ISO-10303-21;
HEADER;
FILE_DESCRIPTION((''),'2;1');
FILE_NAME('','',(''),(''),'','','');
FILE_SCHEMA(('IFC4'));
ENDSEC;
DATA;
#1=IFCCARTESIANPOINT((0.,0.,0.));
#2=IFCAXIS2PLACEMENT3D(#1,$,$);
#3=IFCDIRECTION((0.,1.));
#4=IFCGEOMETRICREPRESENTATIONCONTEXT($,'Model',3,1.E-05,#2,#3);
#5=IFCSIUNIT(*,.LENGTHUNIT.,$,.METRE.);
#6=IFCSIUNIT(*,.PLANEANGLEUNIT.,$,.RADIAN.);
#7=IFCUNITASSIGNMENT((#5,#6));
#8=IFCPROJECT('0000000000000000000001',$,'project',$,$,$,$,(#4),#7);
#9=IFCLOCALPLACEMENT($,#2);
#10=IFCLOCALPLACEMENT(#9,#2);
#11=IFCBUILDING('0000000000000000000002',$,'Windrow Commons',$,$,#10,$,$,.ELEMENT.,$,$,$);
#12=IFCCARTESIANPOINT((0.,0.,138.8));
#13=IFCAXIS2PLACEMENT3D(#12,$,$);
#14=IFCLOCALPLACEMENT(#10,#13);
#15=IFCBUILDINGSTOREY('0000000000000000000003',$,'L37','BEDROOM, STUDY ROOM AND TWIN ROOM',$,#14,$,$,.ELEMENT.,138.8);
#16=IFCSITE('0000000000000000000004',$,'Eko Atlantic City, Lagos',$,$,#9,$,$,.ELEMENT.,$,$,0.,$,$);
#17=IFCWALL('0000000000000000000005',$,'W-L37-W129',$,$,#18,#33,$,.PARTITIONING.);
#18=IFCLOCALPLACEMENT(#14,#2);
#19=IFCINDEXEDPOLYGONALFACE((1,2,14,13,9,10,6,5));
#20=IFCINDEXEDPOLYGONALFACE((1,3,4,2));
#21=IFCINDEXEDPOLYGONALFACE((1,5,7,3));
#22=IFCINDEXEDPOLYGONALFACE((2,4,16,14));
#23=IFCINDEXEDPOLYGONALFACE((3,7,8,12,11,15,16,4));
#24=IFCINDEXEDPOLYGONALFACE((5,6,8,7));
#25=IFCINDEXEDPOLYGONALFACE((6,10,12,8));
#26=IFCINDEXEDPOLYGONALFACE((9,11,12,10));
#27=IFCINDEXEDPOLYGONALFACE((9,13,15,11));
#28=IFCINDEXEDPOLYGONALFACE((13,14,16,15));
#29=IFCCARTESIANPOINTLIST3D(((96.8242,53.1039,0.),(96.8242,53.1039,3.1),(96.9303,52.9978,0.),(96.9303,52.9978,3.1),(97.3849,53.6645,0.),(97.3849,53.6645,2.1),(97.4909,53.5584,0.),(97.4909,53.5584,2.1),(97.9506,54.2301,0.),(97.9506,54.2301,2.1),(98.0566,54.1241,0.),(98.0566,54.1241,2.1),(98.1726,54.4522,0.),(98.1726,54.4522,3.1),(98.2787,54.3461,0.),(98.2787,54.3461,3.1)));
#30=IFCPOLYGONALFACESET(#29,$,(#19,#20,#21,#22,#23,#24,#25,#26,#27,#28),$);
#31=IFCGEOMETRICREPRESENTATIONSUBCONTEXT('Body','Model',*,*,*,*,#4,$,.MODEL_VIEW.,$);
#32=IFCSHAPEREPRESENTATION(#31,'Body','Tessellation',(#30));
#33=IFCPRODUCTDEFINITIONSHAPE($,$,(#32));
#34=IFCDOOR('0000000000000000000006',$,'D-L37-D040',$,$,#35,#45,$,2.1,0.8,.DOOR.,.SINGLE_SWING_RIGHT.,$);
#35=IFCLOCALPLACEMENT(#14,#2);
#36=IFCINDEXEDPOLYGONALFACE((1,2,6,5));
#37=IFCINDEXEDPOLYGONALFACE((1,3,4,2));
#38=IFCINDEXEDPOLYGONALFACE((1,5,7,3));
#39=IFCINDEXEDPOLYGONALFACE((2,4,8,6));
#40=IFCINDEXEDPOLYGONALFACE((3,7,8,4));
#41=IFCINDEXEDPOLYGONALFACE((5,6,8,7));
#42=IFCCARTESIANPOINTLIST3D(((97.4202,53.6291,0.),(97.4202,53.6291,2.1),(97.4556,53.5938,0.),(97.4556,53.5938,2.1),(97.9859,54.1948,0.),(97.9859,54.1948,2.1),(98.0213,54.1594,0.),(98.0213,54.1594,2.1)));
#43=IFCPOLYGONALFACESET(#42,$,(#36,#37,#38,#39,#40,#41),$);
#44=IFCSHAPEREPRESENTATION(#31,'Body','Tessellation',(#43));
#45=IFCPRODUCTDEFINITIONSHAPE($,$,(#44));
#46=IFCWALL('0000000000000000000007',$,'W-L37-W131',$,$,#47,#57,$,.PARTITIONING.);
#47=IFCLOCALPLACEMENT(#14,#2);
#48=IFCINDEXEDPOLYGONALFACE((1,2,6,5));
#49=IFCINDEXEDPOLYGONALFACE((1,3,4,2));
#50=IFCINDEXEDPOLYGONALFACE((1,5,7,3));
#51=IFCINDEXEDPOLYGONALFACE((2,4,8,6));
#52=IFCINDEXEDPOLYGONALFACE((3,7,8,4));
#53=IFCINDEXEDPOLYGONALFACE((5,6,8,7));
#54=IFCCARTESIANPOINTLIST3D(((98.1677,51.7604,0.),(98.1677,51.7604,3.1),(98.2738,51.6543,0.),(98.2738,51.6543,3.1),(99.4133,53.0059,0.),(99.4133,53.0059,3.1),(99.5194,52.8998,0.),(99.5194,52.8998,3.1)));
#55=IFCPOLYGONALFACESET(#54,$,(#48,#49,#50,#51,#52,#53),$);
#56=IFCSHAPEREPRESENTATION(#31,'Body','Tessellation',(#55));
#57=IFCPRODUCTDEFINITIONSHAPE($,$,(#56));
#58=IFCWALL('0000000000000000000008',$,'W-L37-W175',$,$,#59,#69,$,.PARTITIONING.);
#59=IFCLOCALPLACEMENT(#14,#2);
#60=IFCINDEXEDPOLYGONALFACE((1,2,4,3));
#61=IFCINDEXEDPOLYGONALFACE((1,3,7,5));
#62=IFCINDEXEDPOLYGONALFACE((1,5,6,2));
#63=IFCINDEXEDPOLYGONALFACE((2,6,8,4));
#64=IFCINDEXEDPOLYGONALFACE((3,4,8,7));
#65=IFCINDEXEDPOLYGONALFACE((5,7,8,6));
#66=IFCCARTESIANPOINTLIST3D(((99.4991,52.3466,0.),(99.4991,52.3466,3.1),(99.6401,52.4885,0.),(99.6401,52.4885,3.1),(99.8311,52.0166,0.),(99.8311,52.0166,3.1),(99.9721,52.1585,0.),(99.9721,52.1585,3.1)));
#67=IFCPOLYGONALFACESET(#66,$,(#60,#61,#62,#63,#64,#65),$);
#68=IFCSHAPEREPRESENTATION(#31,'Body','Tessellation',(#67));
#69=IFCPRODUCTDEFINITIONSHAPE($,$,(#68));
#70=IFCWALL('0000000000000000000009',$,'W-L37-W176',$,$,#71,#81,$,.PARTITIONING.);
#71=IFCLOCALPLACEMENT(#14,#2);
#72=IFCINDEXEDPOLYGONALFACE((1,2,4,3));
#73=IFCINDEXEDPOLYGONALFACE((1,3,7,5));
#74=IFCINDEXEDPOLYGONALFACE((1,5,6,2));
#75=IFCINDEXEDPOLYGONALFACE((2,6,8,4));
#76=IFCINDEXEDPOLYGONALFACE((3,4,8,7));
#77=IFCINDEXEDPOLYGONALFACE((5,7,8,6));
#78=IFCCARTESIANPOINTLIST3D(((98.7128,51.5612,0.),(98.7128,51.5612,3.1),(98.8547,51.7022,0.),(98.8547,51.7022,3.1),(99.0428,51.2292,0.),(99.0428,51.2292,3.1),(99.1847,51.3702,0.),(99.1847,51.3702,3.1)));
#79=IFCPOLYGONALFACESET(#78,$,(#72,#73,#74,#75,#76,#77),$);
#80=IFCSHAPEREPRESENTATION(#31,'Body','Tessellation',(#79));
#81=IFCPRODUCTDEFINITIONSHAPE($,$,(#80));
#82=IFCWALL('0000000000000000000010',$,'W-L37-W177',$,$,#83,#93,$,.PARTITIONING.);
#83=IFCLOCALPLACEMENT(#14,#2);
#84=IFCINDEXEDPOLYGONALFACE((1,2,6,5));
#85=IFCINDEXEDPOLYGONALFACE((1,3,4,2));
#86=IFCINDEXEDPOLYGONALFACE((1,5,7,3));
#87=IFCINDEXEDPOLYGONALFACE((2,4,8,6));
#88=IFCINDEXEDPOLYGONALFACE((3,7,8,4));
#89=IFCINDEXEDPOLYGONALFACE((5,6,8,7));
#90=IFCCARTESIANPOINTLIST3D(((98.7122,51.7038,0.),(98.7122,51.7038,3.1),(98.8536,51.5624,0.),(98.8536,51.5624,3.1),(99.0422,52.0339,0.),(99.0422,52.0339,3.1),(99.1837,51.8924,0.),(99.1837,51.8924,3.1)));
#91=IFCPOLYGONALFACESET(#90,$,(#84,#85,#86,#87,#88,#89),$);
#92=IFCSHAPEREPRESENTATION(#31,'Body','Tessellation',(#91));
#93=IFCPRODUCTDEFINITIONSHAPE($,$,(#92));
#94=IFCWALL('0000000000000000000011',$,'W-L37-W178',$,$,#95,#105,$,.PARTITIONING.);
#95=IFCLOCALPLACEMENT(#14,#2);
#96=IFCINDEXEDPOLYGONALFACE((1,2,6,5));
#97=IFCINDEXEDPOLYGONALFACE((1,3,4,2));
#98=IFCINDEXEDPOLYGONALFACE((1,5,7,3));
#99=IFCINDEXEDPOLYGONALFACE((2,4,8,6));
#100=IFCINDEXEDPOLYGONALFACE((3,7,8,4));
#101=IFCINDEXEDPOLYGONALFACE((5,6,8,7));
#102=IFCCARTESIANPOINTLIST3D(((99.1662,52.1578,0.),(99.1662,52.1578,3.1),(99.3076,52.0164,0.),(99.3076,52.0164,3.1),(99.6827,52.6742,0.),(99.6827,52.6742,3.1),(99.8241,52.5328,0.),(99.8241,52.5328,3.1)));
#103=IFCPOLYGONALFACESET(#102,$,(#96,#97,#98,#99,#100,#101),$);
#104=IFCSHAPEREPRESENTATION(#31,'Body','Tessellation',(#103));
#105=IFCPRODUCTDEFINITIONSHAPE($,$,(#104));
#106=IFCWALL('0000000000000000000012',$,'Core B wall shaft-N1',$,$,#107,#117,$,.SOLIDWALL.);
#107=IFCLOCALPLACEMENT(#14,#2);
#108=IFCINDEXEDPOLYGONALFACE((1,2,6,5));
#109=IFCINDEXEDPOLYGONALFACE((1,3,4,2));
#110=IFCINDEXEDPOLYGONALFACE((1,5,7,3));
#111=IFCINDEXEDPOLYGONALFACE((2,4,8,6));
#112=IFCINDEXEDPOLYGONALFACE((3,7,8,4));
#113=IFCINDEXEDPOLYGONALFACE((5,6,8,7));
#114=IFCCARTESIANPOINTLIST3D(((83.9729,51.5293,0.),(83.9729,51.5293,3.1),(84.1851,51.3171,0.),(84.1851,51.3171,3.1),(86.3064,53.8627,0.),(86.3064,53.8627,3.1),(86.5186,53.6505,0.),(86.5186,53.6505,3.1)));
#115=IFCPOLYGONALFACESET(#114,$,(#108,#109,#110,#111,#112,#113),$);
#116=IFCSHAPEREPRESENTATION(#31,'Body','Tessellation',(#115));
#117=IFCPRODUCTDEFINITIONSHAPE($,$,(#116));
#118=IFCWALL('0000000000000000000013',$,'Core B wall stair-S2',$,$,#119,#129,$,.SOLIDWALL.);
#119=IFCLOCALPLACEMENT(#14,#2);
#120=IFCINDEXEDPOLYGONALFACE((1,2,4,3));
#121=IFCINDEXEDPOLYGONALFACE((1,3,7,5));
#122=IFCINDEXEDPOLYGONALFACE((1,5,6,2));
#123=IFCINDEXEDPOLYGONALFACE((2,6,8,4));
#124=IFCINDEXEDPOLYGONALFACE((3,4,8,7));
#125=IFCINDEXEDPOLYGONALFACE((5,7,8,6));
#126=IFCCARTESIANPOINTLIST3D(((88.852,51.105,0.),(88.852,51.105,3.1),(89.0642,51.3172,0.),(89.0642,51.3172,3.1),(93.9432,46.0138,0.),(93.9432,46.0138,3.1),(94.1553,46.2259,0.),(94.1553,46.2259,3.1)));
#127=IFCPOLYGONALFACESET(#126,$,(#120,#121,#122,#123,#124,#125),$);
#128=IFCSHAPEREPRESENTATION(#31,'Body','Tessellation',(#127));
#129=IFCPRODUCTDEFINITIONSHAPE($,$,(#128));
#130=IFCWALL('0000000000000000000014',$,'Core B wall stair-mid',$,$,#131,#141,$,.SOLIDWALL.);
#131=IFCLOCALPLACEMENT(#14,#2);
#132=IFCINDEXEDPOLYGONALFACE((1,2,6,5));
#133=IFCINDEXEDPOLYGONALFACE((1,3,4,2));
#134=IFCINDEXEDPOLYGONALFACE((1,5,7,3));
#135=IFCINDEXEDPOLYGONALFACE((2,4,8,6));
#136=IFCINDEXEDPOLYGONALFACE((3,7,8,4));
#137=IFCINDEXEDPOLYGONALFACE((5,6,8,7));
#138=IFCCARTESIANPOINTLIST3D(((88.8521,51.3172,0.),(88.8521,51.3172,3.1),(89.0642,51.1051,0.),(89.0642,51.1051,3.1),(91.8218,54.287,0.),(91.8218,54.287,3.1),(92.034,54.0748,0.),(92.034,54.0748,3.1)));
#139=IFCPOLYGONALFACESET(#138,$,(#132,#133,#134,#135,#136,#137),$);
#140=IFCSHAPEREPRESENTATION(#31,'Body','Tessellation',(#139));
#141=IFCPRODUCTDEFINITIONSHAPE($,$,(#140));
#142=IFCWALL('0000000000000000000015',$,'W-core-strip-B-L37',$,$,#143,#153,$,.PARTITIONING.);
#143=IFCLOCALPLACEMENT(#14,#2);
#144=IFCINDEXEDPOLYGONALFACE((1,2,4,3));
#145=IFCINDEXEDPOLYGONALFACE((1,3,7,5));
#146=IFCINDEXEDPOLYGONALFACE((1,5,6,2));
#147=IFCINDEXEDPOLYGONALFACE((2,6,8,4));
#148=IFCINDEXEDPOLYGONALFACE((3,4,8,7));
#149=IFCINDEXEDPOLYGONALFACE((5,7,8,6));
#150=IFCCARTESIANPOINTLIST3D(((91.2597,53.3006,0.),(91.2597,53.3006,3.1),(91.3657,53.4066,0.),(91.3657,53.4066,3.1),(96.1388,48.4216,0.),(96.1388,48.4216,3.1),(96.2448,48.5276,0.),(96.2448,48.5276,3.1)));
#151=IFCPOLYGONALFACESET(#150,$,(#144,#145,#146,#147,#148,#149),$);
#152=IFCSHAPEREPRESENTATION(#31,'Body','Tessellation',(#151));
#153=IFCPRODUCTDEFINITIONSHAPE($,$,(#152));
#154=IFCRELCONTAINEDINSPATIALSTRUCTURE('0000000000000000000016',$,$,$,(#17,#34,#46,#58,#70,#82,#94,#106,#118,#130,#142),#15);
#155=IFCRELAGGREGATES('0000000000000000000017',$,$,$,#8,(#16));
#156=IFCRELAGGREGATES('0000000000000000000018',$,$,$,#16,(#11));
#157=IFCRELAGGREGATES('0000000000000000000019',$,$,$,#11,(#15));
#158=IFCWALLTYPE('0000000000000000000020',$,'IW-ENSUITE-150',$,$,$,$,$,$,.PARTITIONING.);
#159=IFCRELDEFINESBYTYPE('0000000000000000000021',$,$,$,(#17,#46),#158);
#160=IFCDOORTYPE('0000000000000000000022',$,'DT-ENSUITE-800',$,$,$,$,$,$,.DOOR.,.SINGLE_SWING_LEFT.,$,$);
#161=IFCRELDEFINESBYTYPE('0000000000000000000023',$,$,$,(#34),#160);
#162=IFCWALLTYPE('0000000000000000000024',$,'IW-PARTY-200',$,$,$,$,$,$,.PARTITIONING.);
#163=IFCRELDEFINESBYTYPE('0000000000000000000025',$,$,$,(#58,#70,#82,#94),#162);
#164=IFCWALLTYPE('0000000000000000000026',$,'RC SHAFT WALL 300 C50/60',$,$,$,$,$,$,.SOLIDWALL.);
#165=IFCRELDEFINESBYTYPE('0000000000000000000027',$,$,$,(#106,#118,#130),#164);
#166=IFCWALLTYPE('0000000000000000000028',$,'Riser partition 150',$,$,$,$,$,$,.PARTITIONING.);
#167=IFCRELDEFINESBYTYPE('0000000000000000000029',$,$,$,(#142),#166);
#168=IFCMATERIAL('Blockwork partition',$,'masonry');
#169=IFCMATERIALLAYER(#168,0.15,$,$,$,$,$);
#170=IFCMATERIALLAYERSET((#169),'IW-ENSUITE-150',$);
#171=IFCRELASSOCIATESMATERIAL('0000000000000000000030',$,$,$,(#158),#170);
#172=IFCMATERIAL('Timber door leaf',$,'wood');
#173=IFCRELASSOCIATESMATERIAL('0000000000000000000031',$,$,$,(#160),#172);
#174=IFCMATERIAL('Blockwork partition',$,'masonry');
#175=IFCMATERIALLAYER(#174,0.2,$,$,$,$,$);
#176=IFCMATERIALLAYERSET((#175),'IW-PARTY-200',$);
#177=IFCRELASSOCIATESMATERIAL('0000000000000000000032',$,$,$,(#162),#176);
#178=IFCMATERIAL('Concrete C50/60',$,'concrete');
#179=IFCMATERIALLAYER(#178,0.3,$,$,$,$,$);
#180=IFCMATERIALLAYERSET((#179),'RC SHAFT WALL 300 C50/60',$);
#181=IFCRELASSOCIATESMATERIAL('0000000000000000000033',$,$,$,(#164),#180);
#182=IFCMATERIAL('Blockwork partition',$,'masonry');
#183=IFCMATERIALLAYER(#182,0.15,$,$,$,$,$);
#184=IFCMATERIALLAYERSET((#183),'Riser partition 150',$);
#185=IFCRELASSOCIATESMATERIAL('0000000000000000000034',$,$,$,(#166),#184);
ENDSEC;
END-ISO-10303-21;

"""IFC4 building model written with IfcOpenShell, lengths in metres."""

from ifc_helpers import new_model, si_unit, direction, frame, frame_2d, origin, place, context, subcontext, project, spatial, rectangle, extrude, material, layer, layer_set, type_object, element, fill, save


model = new_model("IFC4")

# Units and contexts
model_context = context("Model", 3, precision=1e-05, world=origin(), true_north=direction((0.0, 1.0)))
body_context = subcontext(model_context, "Body", "Model", "MODEL_VIEW")
ifc_project = project(units=[si_unit("LENGTHUNIT", "METRE"), si_unit("PLANEANGLEUNIT", "RADIAN")], contexts=[model_context])

# Site, building, storey
site_placement = place(None, origin())
site = spatial("IfcSite", under=ifc_project, at=site_placement, Name="Eko Atlantic City, Lagos", CompositionType="ELEMENT", RefElevation=0.0)
building_placement = place(site_placement, origin())
building = spatial("IfcBuilding", under=site, at=building_placement, Name="Windrow Commons", CompositionType="ELEMENT")
storey_placement = place(building_placement, frame((0.0, 0.0, 138.8)))
storey = spatial("IfcBuildingStorey", under=building, at=storey_placement, Name="L37", Description="BEDROOM, STUDY ROOM AND TWIN ROOM", CompositionType="ELEMENT", Elevation=138.8)

# Wall, opening, door
ifc_material_1 = material(Name="Blockwork partition", Category="masonry")
ifc_layer_1 = layer(ifc_material_1, 0.15)
ifc_layer_set_1 = layer_set([ifc_layer_1], Name="IW-ENSUITE-150")
wall_type_1 = type_object("IfcWallType", Name="IW-ENSUITE-150", PredefinedType="PARTITIONING", material=ifc_layer_set_1)
wall_1_placement = place(storey_placement, frame((96.8772, 53.0508, 0.0), z_axis=(0.0, 0.0, 1.0), x_axis=(0.707133, 0.707081, 0.0)))
wall_1 = element("IfcWall", 1, at=wall_1_placement, inside=storey, type_object=wall_type_1, Name="W-L37-W129", PredefinedType="PARTITIONING", context=body_context, shape_type="SweptSolid", body=[
    extrude(rectangle(XDim=1.9069, YDim=0.15, at=frame_2d((0.9535, 0.0))), origin(), (0.0, 0.0, 1.0), 3.1),
])
opening_1_placement = place(wall_1_placement, frame((0.7929, 0.0, 0.0)))
opening_1 = element("IfcOpeningElement", 2, at=opening_1_placement, cuts=wall_1, PredefinedType="OPENING", context=body_context, shape_type="SweptSolid", body=[
    extrude(rectangle(XDim=0.8, YDim=2.1, at=frame_2d((0.4, 1.05))), frame((0.0, 0.085, 0.0), z_axis=(0.0, -1.0, 0.0), x_axis=(1.0, 0.0, 0.0)), (0.0, 0.0, 1.0), 0.17),
])
ifc_material_2 = material(Name="Timber door leaf", Category="wood")
door_type = type_object("IfcDoorType", Name="DT-ENSUITE-800", OperationType="SINGLE_SWING_LEFT", PredefinedType="DOOR", material=ifc_material_2)
door_placement = place(opening_1_placement, origin())
door = element("IfcDoor", 3, at=door_placement, inside=storey, type_object=door_type, Name="D-L37-D040", OperationType="SINGLE_SWING_RIGHT", OverallHeight=2.1, OverallWidth=0.8, PredefinedType="DOOR", context=body_context, shape_type="SweptSolid", body=[
    extrude(rectangle(XDim=0.8, YDim=2.1, at=frame_2d((0.4, 1.05))), frame((0.0, 0.025, 0.0), z_axis=(0.0, -1.0, 0.0), x_axis=(1.0, 0.0, 0.0)), (0.0, 0.0, 1.0), 0.05),
])
fill(opening_1, door)

# Walls
wall_2_placement = place(storey_placement, frame((98.2207, 51.7073, 0.0), z_axis=(0.0, 0.0, 1.0), x_axis=(0.707135, 0.707078, 0.0)))
element("IfcWall", 4, at=wall_2_placement, inside=storey, type_object=wall_type_1, Name="W-L37-W131", PredefinedType="PARTITIONING", context=body_context, shape_type="SweptSolid", body=[
    extrude(rectangle(XDim=1.7615, YDim=0.15, at=frame_2d((0.8808, 0.0))), origin(), (0.0, 0.0, 1.0), 3.1),
])
ifc_material_3 = material(Name="Blockwork partition", Category="masonry")
ifc_layer_2 = layer(ifc_material_3, 0.2)
ifc_layer_set_2 = layer_set([ifc_layer_2], Name="IW-PARTY-200")
wall_type_2 = type_object("IfcWallType", Name="IW-PARTY-200", PredefinedType="PARTITIONING", material=ifc_layer_set_2)
for number, where, z_axis, x_axis, name in (
    (5, (99.5696, 52.4176, 0.0), (0.0, 0.0, 1.0), (0.70924, -0.704967, 0.0), "W-L37-W175"),
    (6, (98.7837, 51.6317, 0.0), (0.0, 0.0, 1.0), (0.704967, -0.70924, 0.0), "W-L37-W176"),
):
    element("IfcWall", number, at=place(storey_placement, frame(where, z_axis=z_axis, x_axis=x_axis)), inside=storey, type_object=wall_type_2, Name=name, PredefinedType="PARTITIONING", context=body_context, shape_type="SweptSolid", body=[
        extrude(rectangle(XDim=0.4681, YDim=0.2, at=frame_2d((0.2341, 0.0))), origin(), (0.0, 0.0, 1.0), 3.1),
    ])
wall_3_placement = place(storey_placement, frame((98.7829, 51.6331, 0.0), z_axis=(0.0, 0.0, 1.0), x_axis=(0.707107, 0.707107, 0.0)))
element("IfcWall", 7, at=wall_3_placement, inside=storey, type_object=wall_type_2, Name="W-L37-W177", PredefinedType="PARTITIONING", context=body_context, shape_type="SweptSolid", body=[
    extrude(rectangle(XDim=0.4667, YDim=0.2, at=frame_2d((0.2334, 0.0))), origin(), (0.0, 0.0, 1.0), 3.1),
])
wall_4_placement = place(storey_placement, frame((99.2369, 52.0871, 0.0), z_axis=(0.0, 0.0, 1.0), x_axis=(0.707175, 0.707038, 0.0)))
element("IfcWall", 8, at=wall_4_placement, inside=storey, type_object=wall_type_2, Name="W-L37-W178", PredefinedType="PARTITIONING", context=body_context, shape_type="SweptSolid", body=[
    extrude(rectangle(XDim=0.7304, YDim=0.2, at=frame_2d((0.3652, 0.0))), origin(), (0.0, 0.0, 1.0), 3.1),
])
ifc_material_4 = material(Name="Concrete C50/60", Category="concrete")
ifc_layer_3 = layer(ifc_material_4, 0.3)
ifc_layer_set_3 = layer_set([ifc_layer_3], Name="RC SHAFT WALL 300 C50/60")
wall_type_3 = type_object("IfcWallType", Name="RC SHAFT WALL 300 C50/60", PredefinedType="SOLIDWALL", material=ifc_layer_set_3)
wall_5_placement = place(storey_placement, frame((84.079, 51.4232, 0.0), z_axis=(0.0, 0.0, 1.0), x_axis=(0.707122, 0.707092, 0.0)))
element("IfcWall", 9, at=wall_5_placement, inside=storey, type_object=wall_type_3, Name="Core B wall shaft-N1", PredefinedType="SOLIDWALL", context=body_context, shape_type="SweptSolid", body=[
    extrude(rectangle(XDim=3.3, YDim=0.3, at=frame_2d((1.65, 0.0))), origin(), (0.0, 0.0, 1.0), 3.1),
])
wall_6_placement = place(storey_placement, frame((88.9581, 51.2111, 0.0), z_axis=(0.0, 0.0, 1.0), x_axis=(0.7071, -0.707114, 0.0)))
element("IfcWall", 10, at=wall_6_placement, inside=storey, type_object=wall_type_3, Name="Core B wall stair-S2", PredefinedType="SOLIDWALL", context=body_context, shape_type="SweptSolid", body=[
    extrude(rectangle(XDim=7.2, YDim=0.3, at=frame_2d((3.6, 0.0))), origin(), (0.0, 0.0, 1.0), 3.1),
])
wall_7_placement = place(storey_placement, frame((88.9581, 51.2111, 0.0), z_axis=(0.0, 0.0, 1.0), x_axis=(0.707107, 0.707107, 0.0)))
element("IfcWall", 11, at=wall_7_placement, inside=storey, type_object=wall_type_3, Name="Core B wall stair-mid", PredefinedType="SOLIDWALL", context=body_context, shape_type="SweptSolid", body=[
    extrude(rectangle(XDim=4.1999, YDim=0.3, at=frame_2d((2.1, 0.0))), origin(), (0.0, 0.0, 1.0), 3.1),
])
ifc_material_5 = material(Name="Blockwork partition", Category="masonry")
ifc_layer_4 = layer(ifc_material_5, 0.15)
ifc_layer_set_4 = layer_set([ifc_layer_4], Name="Riser partition 150")
wall_type_4 = type_object("IfcWallType", Name="Riser partition 150", PredefinedType="PARTITIONING", material=ifc_layer_set_4)
wall_8_placement = place(storey_placement, frame((91.3127, 53.3536, 0.0), z_axis=(0.0, 0.0, 1.0), x_axis=(0.707114, -0.7071, 0.0)))
element("IfcWall", 12, at=wall_8_placement, inside=storey, type_object=wall_type_4, Name="W-core-strip-B-L37", PredefinedType="PARTITIONING", context=body_context, shape_type="SweptSolid", body=[
    extrude(rectangle(XDim=6.9, YDim=0.15, at=frame_2d((3.45, 0.0))), origin(), (0.0, 0.0, 1.0), 3.1),
])

save(model, "model.ifc")
